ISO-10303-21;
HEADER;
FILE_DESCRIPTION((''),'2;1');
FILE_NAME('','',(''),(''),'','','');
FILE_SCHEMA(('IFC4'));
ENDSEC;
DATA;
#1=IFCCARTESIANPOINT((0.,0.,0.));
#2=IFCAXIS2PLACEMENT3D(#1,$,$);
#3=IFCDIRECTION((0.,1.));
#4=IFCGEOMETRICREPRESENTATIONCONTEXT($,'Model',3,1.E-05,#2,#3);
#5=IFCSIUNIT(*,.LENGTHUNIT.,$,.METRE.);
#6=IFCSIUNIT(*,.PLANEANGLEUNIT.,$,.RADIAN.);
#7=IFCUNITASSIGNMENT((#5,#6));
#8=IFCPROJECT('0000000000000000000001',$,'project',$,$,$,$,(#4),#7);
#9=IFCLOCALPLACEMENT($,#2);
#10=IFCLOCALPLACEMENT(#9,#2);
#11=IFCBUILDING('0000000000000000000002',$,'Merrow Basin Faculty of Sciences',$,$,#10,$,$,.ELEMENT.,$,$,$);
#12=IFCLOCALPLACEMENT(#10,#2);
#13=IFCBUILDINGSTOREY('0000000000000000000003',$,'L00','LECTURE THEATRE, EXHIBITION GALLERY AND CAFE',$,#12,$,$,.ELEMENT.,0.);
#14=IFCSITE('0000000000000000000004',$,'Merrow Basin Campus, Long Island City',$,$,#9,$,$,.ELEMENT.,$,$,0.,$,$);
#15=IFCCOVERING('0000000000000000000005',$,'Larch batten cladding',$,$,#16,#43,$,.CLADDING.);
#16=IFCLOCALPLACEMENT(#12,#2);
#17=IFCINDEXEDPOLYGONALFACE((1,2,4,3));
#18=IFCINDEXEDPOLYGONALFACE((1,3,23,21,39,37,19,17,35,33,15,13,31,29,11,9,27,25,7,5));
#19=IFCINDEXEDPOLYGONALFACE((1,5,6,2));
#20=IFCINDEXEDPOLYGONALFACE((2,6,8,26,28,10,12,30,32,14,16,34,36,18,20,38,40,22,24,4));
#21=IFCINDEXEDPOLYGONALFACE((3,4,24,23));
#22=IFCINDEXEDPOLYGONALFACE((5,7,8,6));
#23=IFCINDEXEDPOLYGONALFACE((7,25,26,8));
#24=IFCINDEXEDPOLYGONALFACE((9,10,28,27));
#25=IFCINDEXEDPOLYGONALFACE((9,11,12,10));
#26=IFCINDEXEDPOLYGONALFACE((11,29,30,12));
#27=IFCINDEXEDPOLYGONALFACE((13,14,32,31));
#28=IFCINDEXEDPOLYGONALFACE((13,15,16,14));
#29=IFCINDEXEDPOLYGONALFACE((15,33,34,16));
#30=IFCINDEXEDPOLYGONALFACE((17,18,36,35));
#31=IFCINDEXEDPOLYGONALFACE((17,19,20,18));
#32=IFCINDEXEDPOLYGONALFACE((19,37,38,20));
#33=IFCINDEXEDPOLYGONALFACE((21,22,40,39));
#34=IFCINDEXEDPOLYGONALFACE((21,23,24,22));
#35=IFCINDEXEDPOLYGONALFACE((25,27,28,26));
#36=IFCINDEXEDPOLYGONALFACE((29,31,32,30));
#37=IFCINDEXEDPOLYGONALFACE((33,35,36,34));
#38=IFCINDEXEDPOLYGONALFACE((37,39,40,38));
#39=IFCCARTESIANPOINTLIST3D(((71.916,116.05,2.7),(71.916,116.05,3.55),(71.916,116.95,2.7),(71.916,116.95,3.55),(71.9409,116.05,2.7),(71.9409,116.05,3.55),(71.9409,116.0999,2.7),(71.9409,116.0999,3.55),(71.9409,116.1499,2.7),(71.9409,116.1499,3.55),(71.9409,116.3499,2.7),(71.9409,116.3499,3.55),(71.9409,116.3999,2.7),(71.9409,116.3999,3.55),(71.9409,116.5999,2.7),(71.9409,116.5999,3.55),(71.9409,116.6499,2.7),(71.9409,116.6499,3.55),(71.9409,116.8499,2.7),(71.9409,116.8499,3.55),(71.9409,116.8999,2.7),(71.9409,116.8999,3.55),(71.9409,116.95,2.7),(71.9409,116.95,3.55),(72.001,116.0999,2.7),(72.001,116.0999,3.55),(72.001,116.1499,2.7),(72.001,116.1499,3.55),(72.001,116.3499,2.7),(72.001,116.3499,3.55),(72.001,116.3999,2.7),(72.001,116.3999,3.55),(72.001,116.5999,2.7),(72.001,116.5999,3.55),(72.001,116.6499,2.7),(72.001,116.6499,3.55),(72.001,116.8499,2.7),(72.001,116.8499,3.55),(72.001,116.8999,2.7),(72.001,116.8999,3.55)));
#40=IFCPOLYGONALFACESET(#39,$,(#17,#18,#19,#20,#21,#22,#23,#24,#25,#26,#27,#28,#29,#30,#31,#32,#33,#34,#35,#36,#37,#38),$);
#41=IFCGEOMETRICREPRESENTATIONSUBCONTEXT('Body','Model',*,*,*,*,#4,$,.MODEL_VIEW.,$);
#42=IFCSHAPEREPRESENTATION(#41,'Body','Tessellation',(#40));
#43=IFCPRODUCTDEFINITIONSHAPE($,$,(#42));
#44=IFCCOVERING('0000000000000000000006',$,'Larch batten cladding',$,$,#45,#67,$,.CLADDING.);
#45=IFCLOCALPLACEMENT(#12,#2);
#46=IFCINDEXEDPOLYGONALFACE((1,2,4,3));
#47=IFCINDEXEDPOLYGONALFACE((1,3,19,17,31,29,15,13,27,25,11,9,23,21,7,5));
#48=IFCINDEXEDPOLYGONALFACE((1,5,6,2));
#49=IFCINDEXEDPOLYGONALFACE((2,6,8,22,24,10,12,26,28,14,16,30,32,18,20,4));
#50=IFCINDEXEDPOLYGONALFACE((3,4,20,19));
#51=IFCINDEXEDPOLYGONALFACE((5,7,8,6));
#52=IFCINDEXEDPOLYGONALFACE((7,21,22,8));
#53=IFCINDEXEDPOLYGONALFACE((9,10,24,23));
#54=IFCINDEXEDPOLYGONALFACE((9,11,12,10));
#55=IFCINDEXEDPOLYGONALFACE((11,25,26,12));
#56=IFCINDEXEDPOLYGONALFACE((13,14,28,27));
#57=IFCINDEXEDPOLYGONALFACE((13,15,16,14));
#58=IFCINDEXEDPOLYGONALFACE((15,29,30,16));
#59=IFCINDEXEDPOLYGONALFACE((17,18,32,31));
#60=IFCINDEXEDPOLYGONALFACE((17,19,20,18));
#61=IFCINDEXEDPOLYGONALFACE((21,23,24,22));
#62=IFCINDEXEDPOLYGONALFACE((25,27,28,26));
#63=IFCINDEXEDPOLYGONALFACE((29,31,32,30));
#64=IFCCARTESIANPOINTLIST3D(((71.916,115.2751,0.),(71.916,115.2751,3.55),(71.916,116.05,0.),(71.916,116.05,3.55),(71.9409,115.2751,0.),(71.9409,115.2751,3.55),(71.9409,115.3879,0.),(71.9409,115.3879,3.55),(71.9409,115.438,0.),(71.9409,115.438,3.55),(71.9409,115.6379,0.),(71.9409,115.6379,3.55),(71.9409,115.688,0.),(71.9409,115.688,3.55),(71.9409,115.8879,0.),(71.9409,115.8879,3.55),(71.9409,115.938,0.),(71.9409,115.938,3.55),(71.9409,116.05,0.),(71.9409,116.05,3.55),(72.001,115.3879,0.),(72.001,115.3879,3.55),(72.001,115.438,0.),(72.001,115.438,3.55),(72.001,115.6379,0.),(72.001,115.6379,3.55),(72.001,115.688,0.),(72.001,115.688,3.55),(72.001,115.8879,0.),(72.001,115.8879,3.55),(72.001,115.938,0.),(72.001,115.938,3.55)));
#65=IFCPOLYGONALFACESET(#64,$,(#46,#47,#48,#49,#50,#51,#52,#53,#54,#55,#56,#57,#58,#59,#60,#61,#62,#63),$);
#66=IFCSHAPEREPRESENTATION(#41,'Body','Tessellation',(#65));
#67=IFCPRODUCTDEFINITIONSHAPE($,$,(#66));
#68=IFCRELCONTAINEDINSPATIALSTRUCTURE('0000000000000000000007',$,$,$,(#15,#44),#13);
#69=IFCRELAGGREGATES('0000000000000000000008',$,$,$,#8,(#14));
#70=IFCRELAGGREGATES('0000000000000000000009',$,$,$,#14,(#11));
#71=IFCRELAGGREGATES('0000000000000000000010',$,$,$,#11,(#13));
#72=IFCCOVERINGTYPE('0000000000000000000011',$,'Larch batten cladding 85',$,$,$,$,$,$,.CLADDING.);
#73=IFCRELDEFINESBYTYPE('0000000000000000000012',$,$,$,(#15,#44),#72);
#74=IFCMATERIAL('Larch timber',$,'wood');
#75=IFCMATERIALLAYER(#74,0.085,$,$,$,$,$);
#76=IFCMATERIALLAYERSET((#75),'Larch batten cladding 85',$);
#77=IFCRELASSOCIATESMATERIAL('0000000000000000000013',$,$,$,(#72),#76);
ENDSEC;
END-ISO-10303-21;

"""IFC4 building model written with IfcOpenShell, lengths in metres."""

from ifc_helpers import new_model, si_unit, direction, frame, origin, place, context, subcontext, project, spatial, polyline, outline, extrude, source, transform, mapped, material, layer, layer_set, type_object, element, save


model = new_model("IFC4")

# Units and contexts
model_context = context("Model", 3, precision=1e-05, world=origin(), true_north=direction((0.0, 1.0)))
body_context = subcontext(model_context, "Body", "Model", "MODEL_VIEW")
ifc_project = project(units=[si_unit("LENGTHUNIT", "METRE"), si_unit("PLANEANGLEUNIT", "RADIAN")], contexts=[model_context])

# Site, building, storey
site_placement = place(None, origin())
site = spatial("IfcSite", under=ifc_project, at=site_placement, Name="Merrow Basin Campus, Long Island City", CompositionType="ELEMENT", RefElevation=0.0)
building_placement = place(site_placement, origin())
building = spatial("IfcBuilding", under=site, at=building_placement, Name="Merrow Basin Faculty of Sciences", CompositionType="ELEMENT")
storey_placement = place(building_placement, origin())
storey = spatial("IfcBuildingStorey", under=building, at=storey_placement, Name="L00", Description="LECTURE THEATRE, EXHIBITION GALLERY AND CAFE", CompositionType="ELEMENT", Elevation=0.0)

# Coverings
ifc_material_1 = material(Name="Larch timber", Category="wood")
ifc_layer_1 = layer(ifc_material_1, 0.085)
ifc_layer_set_1 = layer_set([ifc_layer_1], Name="Larch batten cladding 85")
covering_type = type_object("IfcCoveringType", Name="Larch batten cladding 85", PredefinedType="CLADDING", material=ifc_layer_set_1)
shared_shape_1 = source(origin(), body_context, "Body", "SweptSolid", [
    extrude(outline(polyline([(0.0, 0.0), (0.8999, 0.0), (0.8999, 0.0249), (0.8501, 0.0249), (0.8501, 0.085), (0.8, 0.085), (0.8, 0.0249), (0.6001, 0.0249), (0.6001, 0.085), (0.55, 0.085), (0.55, 0.0249), (0.3501, 0.0249), (0.3501, 0.085), (0.3, 0.085), (0.3, 0.0249), (0.1001, 0.0249), (0.1001, 0.085), (0.05, 0.085), (0.05, 0.0249), (0.0, 0.0249), (0.0, 0.0)])), origin(), (0.0, 0.0, 1.0), 0.8501),
])
covering_1_placement = place(storey_placement, frame((71.916, 116.95, 2.7), z_axis=(0.0, 0.0, 1.0), x_axis=(0.0, -1.0, 0.0)))
element("IfcCovering", 1, at=covering_1_placement, inside=storey, type_object=covering_type, Name="Larch batten cladding", PredefinedType="CLADDING", context=body_context, shape_type="MappedRepresentation", body=[
    mapped(shared_shape_1, transform((0.0, 0.0, 0.0), scale=1.0)),
])
shared_shape_2 = source(origin(), body_context, "Body", "SweptSolid", [
    extrude(outline(polyline([(0.0, 0.0), (0.7749, 0.0), (0.7749, 0.0249), (0.6621, 0.0249), (0.6621, 0.085), (0.6121, 0.085), (0.6121, 0.0249), (0.4121, 0.0249), (0.4121, 0.085), (0.3621, 0.085), (0.3621, 0.0249), (0.1621, 0.0249), (0.1621, 0.085), (0.1121, 0.085), (0.1121, 0.0249), (0.0, 0.0249), (0.0, 0.0)])), origin(), (0.0, 0.0, 1.0), 3.55),
])
covering_2_placement = place(storey_placement, frame((71.916, 116.05, 0.0), z_axis=(0.0, 0.0, 1.0), x_axis=(0.0, -1.0, 0.0)))
element("IfcCovering", 2, at=covering_2_placement, inside=storey, type_object=covering_type, Name="Larch batten cladding", PredefinedType="CLADDING", context=body_context, shape_type="MappedRepresentation", body=[
    mapped(shared_shape_2, transform((0.0, 0.0, 0.0), scale=1.0)),
])

save(model, "model.ifc")
